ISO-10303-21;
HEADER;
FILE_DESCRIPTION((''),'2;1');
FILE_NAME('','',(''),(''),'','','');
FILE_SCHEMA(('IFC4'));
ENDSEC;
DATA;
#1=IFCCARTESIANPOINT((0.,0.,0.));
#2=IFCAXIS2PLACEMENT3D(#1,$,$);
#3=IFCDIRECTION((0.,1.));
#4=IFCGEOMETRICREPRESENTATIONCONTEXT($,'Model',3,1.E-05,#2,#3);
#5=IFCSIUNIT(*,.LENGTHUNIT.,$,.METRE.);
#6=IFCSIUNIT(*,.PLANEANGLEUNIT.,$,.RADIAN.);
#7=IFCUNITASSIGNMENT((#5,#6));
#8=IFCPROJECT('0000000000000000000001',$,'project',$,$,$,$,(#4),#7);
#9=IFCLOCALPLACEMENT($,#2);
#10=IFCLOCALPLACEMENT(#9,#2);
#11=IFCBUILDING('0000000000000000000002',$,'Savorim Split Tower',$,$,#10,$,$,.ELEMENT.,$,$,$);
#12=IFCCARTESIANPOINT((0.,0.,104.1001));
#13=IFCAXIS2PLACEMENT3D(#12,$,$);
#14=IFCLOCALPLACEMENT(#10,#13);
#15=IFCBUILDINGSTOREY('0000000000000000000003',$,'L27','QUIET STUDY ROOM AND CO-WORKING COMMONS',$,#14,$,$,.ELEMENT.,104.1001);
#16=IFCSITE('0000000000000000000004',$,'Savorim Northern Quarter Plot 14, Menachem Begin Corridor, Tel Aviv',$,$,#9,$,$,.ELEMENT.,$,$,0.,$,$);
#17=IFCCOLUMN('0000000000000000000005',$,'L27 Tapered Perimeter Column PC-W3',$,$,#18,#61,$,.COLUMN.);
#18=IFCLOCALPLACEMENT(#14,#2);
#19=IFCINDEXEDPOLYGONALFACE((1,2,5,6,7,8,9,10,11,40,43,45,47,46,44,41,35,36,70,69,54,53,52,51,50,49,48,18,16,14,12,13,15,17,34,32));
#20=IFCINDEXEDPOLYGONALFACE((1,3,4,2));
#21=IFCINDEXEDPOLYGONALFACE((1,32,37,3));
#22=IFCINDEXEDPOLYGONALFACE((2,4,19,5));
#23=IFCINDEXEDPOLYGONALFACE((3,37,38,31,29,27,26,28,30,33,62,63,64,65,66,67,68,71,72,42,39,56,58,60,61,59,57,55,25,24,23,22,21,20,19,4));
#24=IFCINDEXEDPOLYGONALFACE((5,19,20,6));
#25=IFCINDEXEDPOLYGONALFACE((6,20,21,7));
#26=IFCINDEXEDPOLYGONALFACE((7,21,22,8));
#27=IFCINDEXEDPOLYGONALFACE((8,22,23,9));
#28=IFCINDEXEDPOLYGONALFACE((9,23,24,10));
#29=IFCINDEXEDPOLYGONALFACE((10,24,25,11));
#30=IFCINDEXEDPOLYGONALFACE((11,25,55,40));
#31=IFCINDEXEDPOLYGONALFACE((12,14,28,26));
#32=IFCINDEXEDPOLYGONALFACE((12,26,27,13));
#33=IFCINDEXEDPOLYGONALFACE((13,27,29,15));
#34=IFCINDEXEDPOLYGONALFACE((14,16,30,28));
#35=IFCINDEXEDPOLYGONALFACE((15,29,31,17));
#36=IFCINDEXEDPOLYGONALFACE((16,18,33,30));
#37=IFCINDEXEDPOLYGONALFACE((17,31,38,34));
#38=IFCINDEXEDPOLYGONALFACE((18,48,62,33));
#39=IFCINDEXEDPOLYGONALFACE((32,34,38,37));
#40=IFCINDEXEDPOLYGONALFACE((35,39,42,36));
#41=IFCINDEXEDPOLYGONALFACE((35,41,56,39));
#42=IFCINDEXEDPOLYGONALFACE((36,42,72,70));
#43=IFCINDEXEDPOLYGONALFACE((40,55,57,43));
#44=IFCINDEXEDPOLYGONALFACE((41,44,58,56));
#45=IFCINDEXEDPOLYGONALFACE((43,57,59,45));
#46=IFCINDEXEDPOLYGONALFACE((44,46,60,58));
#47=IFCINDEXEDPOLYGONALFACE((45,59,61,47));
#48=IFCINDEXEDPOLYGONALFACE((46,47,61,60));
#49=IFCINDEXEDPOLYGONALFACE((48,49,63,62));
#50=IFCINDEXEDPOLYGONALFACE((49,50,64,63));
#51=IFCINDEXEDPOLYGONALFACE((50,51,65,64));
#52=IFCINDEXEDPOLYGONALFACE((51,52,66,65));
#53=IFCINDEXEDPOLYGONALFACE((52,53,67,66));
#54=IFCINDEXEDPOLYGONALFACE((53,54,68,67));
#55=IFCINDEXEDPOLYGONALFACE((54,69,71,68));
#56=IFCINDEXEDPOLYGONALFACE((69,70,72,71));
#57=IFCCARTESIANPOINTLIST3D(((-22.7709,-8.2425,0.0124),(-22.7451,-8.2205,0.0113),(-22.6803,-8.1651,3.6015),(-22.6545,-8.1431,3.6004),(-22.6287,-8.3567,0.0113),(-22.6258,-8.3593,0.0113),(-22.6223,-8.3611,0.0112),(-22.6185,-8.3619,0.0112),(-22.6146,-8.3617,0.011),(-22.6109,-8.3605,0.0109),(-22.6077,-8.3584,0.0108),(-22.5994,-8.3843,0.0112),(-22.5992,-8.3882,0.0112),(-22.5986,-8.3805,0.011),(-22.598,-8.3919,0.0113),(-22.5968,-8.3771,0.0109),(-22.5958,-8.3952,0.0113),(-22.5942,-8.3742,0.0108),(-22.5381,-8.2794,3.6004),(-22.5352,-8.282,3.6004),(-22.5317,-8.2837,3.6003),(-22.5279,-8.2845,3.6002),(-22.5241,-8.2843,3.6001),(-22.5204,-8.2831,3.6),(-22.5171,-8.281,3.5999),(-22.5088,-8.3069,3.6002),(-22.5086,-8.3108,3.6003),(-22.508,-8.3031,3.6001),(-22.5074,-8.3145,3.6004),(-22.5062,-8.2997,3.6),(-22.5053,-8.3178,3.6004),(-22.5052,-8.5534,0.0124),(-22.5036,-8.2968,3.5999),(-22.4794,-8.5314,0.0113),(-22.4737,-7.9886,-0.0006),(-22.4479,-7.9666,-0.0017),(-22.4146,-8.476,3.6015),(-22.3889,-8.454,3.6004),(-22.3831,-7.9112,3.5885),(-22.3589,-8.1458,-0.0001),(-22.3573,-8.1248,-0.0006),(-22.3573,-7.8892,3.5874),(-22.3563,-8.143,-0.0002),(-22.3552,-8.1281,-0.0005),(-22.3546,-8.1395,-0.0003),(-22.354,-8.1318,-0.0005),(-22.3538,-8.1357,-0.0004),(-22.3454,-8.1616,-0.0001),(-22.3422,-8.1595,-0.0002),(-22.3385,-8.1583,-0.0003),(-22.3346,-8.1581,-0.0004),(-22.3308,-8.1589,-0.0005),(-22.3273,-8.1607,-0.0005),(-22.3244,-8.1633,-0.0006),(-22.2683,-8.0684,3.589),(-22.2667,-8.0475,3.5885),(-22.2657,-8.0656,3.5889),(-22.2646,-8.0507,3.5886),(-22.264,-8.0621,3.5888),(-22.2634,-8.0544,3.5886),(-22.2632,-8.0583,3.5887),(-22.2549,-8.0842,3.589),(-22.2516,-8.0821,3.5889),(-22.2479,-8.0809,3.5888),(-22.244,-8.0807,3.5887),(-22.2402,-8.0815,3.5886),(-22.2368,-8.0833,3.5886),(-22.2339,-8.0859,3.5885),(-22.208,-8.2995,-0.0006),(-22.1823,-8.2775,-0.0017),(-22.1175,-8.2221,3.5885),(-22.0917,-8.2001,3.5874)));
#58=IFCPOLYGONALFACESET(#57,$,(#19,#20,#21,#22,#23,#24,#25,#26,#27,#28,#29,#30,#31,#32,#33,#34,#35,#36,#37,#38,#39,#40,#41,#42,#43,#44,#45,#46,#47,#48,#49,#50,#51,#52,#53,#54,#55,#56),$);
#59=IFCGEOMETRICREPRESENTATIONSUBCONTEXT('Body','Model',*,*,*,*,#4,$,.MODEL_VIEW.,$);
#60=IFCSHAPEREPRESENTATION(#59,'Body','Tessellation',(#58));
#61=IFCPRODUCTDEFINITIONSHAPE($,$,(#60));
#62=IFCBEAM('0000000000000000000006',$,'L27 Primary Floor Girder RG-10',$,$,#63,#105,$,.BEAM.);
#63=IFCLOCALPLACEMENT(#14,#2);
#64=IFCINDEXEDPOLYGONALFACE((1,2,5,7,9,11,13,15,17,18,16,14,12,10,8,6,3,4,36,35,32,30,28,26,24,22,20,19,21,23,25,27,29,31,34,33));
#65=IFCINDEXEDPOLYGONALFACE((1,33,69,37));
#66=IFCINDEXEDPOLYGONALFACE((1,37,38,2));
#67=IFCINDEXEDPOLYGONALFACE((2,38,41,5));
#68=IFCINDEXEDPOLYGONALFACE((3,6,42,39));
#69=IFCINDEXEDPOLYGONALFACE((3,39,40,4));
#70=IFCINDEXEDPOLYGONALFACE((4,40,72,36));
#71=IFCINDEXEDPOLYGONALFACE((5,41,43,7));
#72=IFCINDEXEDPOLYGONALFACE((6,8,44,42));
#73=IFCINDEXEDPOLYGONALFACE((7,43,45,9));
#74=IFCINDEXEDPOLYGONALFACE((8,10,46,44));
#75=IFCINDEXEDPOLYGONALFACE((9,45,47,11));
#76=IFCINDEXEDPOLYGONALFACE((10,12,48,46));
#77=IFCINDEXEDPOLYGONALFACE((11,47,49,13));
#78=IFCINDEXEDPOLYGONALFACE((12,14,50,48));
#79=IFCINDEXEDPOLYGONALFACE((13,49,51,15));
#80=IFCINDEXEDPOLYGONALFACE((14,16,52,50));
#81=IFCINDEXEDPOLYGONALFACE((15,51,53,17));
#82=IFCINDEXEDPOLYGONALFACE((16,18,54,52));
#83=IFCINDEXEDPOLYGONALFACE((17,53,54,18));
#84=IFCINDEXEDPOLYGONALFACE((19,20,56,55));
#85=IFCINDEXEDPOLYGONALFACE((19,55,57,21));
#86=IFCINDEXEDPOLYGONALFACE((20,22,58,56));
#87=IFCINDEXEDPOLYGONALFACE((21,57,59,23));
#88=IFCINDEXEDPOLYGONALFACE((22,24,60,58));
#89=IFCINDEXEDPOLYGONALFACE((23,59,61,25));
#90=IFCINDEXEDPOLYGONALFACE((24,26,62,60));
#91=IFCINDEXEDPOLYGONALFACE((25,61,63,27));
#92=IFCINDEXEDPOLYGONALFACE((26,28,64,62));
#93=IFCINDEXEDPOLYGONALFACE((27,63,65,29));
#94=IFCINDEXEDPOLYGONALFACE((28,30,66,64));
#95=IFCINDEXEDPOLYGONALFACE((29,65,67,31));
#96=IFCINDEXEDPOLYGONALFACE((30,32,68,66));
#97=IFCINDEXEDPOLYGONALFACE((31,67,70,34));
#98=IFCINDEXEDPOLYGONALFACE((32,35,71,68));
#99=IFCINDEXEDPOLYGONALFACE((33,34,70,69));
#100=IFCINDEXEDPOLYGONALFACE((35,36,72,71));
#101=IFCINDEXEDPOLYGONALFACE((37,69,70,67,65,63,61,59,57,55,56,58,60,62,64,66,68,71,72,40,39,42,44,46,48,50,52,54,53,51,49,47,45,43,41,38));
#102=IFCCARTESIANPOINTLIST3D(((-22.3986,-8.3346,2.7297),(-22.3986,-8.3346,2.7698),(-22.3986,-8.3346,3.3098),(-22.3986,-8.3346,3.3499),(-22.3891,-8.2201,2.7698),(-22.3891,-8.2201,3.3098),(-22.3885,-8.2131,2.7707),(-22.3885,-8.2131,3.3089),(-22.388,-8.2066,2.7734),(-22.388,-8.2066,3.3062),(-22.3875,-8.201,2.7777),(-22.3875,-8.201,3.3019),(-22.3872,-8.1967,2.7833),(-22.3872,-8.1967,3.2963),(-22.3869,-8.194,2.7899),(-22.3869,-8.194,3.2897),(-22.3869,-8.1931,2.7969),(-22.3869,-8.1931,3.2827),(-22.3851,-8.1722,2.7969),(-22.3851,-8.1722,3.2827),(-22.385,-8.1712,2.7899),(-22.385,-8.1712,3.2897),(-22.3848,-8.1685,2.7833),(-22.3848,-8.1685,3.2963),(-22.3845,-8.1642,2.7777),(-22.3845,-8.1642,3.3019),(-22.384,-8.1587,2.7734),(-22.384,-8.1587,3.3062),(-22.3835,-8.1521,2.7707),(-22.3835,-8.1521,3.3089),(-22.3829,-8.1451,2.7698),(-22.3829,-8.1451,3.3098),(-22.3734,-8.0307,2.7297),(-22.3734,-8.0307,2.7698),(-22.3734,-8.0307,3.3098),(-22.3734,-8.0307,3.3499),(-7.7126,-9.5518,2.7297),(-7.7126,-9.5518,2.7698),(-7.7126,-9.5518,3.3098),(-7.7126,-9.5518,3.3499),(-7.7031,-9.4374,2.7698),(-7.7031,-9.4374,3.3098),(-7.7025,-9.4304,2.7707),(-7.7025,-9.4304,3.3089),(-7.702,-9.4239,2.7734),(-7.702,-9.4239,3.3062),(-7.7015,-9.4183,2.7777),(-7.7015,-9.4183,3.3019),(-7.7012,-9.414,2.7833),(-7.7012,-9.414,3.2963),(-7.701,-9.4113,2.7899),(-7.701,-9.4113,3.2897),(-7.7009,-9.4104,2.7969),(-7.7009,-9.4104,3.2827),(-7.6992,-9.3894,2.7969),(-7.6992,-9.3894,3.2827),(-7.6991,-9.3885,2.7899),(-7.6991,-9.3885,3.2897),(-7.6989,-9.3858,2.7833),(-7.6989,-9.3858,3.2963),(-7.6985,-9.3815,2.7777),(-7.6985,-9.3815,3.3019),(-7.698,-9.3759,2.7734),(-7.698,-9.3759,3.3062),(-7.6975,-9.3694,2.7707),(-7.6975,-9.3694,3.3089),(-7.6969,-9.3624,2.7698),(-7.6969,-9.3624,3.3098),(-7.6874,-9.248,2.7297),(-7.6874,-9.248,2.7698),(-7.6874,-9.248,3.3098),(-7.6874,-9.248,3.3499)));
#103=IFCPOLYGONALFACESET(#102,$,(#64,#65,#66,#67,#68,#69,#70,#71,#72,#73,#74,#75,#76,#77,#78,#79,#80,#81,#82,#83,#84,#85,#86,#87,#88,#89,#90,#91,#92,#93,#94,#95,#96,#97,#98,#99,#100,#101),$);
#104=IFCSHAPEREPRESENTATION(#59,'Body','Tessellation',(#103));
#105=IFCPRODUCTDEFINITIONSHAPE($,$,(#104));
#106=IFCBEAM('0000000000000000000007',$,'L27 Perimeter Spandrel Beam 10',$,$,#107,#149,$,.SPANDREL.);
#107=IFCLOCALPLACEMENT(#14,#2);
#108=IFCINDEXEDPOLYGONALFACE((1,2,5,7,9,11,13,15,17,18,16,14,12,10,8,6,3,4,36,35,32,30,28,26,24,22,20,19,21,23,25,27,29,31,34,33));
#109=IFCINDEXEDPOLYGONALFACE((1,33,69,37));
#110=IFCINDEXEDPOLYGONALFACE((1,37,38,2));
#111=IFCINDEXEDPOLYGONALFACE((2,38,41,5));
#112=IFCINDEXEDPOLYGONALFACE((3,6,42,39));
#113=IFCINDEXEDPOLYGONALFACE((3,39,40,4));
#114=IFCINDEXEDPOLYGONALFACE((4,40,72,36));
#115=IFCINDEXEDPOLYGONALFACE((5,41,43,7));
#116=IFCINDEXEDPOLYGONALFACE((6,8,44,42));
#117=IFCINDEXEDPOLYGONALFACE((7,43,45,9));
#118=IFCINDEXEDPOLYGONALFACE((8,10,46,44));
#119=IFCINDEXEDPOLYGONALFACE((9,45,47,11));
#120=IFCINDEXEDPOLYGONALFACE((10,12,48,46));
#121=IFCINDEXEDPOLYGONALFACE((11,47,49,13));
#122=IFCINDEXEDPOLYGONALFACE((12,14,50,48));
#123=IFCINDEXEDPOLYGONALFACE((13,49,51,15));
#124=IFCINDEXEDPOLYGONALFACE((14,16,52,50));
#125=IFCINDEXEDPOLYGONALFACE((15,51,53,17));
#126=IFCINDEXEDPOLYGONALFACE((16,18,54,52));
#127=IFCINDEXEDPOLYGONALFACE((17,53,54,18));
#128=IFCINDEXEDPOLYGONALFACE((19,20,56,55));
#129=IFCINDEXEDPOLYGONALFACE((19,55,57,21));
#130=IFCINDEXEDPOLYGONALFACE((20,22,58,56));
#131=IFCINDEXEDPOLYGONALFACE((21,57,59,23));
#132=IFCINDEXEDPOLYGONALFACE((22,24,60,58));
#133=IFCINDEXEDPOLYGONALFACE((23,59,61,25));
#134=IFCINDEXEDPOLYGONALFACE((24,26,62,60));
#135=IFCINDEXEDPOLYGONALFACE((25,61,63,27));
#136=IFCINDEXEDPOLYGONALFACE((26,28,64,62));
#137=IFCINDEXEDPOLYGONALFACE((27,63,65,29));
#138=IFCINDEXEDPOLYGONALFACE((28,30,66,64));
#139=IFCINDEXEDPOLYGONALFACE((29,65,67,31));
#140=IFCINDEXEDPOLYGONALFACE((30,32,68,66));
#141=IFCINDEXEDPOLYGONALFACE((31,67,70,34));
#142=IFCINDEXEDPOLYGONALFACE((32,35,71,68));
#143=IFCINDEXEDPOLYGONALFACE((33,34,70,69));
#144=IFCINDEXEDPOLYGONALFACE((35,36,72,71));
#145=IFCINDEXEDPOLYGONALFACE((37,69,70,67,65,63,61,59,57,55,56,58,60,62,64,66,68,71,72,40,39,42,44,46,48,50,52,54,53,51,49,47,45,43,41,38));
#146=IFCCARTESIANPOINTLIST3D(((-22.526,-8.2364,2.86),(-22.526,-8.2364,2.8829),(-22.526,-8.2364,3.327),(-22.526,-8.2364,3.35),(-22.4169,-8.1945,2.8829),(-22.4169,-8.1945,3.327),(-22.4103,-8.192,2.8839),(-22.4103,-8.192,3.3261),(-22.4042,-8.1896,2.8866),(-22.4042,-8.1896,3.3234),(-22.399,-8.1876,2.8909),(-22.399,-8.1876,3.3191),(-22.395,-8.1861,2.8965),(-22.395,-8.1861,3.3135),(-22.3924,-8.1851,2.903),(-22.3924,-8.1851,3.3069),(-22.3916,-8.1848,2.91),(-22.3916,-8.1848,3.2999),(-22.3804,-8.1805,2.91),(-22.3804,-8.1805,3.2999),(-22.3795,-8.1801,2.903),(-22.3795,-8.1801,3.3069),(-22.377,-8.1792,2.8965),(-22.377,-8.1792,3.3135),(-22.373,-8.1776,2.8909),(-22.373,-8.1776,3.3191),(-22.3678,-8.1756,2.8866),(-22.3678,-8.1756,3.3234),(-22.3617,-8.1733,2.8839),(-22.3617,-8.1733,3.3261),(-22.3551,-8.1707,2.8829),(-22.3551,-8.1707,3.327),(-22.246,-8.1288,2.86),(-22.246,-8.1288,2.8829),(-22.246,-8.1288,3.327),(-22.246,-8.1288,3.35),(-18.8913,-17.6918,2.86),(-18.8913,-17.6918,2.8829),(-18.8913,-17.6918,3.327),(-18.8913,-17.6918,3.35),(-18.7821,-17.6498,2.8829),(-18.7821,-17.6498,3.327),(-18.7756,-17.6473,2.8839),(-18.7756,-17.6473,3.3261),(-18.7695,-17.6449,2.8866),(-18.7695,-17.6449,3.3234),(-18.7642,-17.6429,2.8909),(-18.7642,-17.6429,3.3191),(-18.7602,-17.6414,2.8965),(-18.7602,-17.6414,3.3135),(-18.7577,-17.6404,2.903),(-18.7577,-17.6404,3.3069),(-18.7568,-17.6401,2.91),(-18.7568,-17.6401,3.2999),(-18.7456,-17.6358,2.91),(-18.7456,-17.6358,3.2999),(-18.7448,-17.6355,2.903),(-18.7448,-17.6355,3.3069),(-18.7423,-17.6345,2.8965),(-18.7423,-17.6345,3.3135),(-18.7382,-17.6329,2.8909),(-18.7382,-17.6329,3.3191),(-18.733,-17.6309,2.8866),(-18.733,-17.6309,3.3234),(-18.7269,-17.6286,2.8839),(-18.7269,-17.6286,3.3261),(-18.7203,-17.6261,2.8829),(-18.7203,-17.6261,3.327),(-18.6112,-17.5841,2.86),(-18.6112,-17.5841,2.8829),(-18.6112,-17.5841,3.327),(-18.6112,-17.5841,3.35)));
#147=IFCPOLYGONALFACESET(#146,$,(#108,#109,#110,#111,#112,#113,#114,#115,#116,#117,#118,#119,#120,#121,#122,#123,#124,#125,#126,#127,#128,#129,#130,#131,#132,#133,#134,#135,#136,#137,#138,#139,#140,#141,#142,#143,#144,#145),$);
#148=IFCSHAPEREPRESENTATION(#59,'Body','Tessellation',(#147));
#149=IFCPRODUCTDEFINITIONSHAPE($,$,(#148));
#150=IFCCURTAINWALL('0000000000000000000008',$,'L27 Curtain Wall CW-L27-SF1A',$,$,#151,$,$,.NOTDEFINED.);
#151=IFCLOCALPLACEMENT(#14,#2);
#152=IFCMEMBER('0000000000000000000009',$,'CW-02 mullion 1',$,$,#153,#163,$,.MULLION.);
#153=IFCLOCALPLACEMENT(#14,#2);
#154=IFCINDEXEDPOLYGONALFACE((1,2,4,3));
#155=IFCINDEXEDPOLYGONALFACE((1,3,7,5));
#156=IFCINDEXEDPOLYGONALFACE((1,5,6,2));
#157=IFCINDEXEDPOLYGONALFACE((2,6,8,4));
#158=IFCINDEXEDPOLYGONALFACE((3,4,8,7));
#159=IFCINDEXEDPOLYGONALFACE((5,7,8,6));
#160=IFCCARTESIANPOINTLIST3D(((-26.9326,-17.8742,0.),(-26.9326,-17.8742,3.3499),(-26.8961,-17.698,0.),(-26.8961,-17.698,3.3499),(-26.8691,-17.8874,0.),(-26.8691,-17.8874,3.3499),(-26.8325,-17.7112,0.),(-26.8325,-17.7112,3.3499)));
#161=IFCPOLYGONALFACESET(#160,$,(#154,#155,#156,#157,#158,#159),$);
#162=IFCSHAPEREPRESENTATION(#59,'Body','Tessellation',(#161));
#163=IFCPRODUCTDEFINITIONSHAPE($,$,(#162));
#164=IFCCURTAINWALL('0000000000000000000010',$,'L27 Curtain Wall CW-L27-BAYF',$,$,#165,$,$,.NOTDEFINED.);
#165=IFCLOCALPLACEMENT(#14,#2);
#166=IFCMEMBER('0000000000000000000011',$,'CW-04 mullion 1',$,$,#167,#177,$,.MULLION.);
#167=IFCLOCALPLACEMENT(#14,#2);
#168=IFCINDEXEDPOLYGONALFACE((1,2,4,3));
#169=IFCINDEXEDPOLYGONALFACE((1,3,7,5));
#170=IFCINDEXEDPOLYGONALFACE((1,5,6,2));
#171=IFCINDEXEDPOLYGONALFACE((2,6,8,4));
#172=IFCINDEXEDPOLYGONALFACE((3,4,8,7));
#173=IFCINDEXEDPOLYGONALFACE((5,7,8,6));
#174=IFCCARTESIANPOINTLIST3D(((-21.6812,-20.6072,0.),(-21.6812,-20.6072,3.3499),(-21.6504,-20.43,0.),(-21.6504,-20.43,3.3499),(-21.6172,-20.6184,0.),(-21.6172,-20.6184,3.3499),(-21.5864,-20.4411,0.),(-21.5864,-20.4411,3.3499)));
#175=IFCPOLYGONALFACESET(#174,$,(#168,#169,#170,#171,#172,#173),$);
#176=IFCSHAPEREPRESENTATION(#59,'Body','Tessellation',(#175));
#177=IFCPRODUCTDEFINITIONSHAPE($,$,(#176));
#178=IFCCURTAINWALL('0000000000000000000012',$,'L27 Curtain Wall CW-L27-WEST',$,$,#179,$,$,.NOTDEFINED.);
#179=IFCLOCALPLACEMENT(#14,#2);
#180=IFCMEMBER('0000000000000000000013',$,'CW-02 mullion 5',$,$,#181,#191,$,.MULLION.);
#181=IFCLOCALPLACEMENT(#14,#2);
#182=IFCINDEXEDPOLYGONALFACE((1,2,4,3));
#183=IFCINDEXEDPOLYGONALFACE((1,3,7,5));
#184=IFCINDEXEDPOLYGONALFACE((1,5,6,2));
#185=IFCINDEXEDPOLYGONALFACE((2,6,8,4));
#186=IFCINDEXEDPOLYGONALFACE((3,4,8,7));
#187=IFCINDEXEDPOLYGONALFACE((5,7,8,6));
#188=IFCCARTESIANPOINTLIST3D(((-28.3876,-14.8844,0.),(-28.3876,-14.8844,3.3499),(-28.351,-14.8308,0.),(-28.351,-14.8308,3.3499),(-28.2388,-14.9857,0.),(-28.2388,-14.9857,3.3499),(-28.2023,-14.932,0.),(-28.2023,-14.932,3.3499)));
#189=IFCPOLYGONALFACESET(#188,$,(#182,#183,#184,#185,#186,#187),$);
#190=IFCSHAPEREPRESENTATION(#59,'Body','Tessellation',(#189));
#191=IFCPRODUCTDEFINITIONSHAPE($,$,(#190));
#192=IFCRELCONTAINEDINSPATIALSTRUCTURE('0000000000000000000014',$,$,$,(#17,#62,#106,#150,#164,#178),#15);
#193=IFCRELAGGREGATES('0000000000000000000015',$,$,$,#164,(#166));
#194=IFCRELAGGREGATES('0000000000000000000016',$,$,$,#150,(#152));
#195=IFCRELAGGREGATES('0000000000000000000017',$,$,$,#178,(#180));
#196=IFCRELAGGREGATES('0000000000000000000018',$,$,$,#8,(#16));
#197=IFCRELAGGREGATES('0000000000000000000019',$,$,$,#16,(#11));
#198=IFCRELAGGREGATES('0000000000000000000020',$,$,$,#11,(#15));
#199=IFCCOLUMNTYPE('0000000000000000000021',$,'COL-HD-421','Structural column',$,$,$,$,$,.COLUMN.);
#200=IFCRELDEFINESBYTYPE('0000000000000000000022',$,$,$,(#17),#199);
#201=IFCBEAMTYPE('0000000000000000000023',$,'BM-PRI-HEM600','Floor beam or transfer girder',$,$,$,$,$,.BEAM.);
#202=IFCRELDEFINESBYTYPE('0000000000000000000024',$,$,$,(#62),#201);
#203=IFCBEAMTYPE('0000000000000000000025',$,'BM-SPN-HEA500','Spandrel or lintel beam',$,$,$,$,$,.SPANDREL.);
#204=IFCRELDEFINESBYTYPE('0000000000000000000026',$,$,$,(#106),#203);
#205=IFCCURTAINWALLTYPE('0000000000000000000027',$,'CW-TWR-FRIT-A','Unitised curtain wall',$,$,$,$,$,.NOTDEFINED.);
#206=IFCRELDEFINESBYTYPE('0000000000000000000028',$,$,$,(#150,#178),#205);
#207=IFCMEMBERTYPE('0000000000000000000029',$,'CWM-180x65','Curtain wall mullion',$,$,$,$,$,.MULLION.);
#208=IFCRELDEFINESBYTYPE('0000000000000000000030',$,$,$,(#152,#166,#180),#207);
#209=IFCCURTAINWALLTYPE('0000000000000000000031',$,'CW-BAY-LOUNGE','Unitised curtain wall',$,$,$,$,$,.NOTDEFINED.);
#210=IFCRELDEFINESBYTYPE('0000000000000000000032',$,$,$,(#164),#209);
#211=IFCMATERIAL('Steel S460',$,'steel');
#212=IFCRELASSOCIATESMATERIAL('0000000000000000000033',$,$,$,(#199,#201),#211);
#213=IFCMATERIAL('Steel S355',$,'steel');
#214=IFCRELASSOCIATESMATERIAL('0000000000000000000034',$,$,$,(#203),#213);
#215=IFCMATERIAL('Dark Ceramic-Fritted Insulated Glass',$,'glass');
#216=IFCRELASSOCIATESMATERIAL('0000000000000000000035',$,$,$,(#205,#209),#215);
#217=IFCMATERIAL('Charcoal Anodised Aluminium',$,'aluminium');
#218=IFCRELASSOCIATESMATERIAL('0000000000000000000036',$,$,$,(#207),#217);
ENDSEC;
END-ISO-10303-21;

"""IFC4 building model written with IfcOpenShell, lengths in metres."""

from ifc_helpers import new_model, si_unit, direction, frame, origin, origin_2d, place, context, subcontext, project, spatial, rectangle, i_section, extrude, material, material_profile, profile_set, type_object, element, aggregate, save


model = new_model("IFC4")

# Units and contexts
model_context = context("Model", 3, precision=1e-05, world=origin(), true_north=direction((0.0, 1.0)))
body_context = subcontext(model_context, "Body", "Model", "MODEL_VIEW")
ifc_project = project(units=[si_unit("LENGTHUNIT", "METRE"), si_unit("PLANEANGLEUNIT", "RADIAN")], contexts=[model_context])

# Site, building, storey
site_placement = place(None, origin())
site = spatial("IfcSite", under=ifc_project, at=site_placement, Name="Savorim Northern Quarter Plot 14, Menachem Begin Corridor, Tel Aviv", CompositionType="ELEMENT", RefElevation=0.0)
building_placement = place(site_placement, origin())
building = spatial("IfcBuilding", under=site, at=building_placement, Name="Savorim Split Tower", CompositionType="ELEMENT")
storey_placement = place(building_placement, frame((0.0, 0.0, 104.1001)))
storey = spatial("IfcBuildingStorey", under=building, at=storey_placement, Name="L27", Description="QUIET STUDY ROOM AND CO-WORKING COMMONS", CompositionType="ELEMENT", Elevation=104.1001)

# Column
ifc_material_1 = material(Name="Steel S460", Category="steel")
ifc_material_profile_1 = material_profile(ifc_material_1, i_section(OverallWidth=0.4089, OverallDepth=0.425, WebThickness=0.0208, FlangeThickness=0.0339, FilletRadius=0.0149, at=origin_2d()), Name="HD 400x421")
ifc_profile_set_1 = profile_set([ifc_material_profile_1], Name="Steel S460")
column_type = type_object("IfcColumnType", Name="COL-HD-421", Description="Structural column", PredefinedType="COLUMN", material=ifc_profile_set_1)
column_placement = place(storey_placement, frame((-22.4766, -8.26, 0.0054), z_axis=(0.025222, 0.021551, 0.99945), x_axis=(-0.649609, 0.760268, 0.0)))
element("IfcColumn", 1, at=column_placement, inside=storey, type_object=column_type, Name="L27 Tapered Perimeter Column PC-W3", PredefinedType="COLUMN", context=body_context, shape_type="SweptSolid", body=[
    extrude(i_section(OverallWidth=0.4089, OverallDepth=0.425, WebThickness=0.0208, FlangeThickness=0.0339, FilletRadius=0.0149, at=origin_2d()), origin(), (0.0, 0.0, 1.0), 3.5911),
])

# Beams
ifc_material_profile_2 = material_profile(ifc_material_1, i_section(OverallWidth=0.3049, OverallDepth=0.6201, WebThickness=0.021, FlangeThickness=0.04, FilletRadius=0.0271, at=origin_2d()), Name="HE 600 M")
ifc_profile_set_2 = profile_set([ifc_material_profile_2], Name="Steel S460")
beam_type_1 = type_object("IfcBeamType", Name="BM-PRI-HEM600", Description="Floor beam or transfer girder", PredefinedType="BEAM", material=ifc_profile_set_2)
beam_1_placement = place(storey_placement, frame((-22.386, -8.1826, 3.0398), z_axis=(0.996582, -0.082604, 0.0), x_axis=(0.082604, 0.996582, 0.0)))
element("IfcBeam", 2, at=beam_1_placement, inside=storey, type_object=beam_type_1, Name="L27 Primary Floor Girder RG-10", PredefinedType="BEAM", context=body_context, shape_type="SweptSolid", body=[
    extrude(i_section(OverallWidth=0.3049, OverallDepth=0.6201, WebThickness=0.021, FlangeThickness=0.04, FilletRadius=0.0271, at=origin_2d()), origin(), (0.0, 0.0, 1.0), 14.7363),
])
ifc_material_2 = material(Name="Steel S355", Category="steel")
ifc_material_profile_3 = material_profile(ifc_material_2, i_section(OverallWidth=0.3, OverallDepth=0.49, WebThickness=0.012, FlangeThickness=0.0229, FilletRadius=0.0271, at=origin_2d()), Name="HEA 500")
ifc_profile_set_3 = profile_set([ifc_material_profile_3], Name="Steel S355")
beam_type_2 = type_object("IfcBeamType", Name="BM-SPN-HEA500", Description="Spandrel or lintel beam", PredefinedType="SPANDREL", material=ifc_profile_set_3)
beam_2_placement = place(storey_placement, frame((-22.386, -8.1826, 3.105), z_axis=(0.358816, -0.933408, 0.0), x_axis=(0.933408, 0.358816, 0.0)))
element("IfcBeam", 3, at=beam_2_placement, inside=storey, type_object=beam_type_2, Name="L27 Perimeter Spandrel Beam 10", PredefinedType="SPANDREL", context=body_context, shape_type="SweptSolid", body=[
    extrude(i_section(OverallWidth=0.3, OverallDepth=0.49, WebThickness=0.012, FlangeThickness=0.0229, FilletRadius=0.0271, at=origin_2d()), origin(), (0.0, 0.0, 1.0), 10.1299),
])

# Curtain walls, members
ifc_material_3 = material(Name="Dark Ceramic-Fritted Insulated Glass", Category="glass")
curtain_wall_type_1 = type_object("IfcCurtainWallType", Name="CW-TWR-FRIT-A", Description="Unitised curtain wall", PredefinedType="NOTDEFINED", material=ifc_material_3)
curtain_wall_1_placement = place(storey_placement, origin())
curtain_wall_1 = element("IfcCurtainWall", 4, at=curtain_wall_1_placement, inside=storey, type_object=curtain_wall_type_1, Name="L27 Curtain Wall CW-L27-SF1A", PredefinedType="NOTDEFINED")
ifc_material_4 = material(Name="Charcoal Anodised Aluminium", Category="aluminium")
ifc_material_profile_4 = material_profile(ifc_material_4, rectangle(XDim=0.1799, YDim=0.0649, at=origin_2d()), Name="ALU-M 180x65")
ifc_profile_set_4 = profile_set([ifc_material_profile_4], Name="Charcoal Anodised Aluminium")
member_type_1 = type_object("IfcMemberType", Name="CWM-180x65", Description="Curtain wall mullion", PredefinedType="MULLION", material=ifc_profile_set_4)
member_1_placement = place(storey_placement, frame((-26.8826, -17.7927, 0.0), z_axis=(0.0, 0.0, 1.0), x_axis=(0.203218, 0.979133, 0.0)))
member_1 = element("IfcMember", 5, at=member_1_placement, type_object=member_type_1, Name="CW-02 mullion 1", PredefinedType="MULLION", context=body_context, shape_type="SweptSolid", body=[
    extrude(rectangle(XDim=0.1799, YDim=0.0649, at=origin_2d()), origin(), (0.0, 0.0, 1.0), 3.3499),
])
curtain_wall_type_2 = type_object("IfcCurtainWallType", Name="CW-BAY-LOUNGE", Description="Unitised curtain wall", PredefinedType="NOTDEFINED", material=ifc_material_3)
curtain_wall_2_placement = place(storey_placement, origin())
curtain_wall_2 = element("IfcCurtainWall", 6, at=curtain_wall_2_placement, inside=storey, type_object=curtain_wall_type_2, Name="L27 Curtain Wall CW-L27-BAYF", PredefinedType="NOTDEFINED")
member_2_placement = place(storey_placement, frame((-21.6338, -20.5242, 0.0), z_axis=(0.0, 0.0, 1.0), x_axis=(0.171191, 0.985238, 0.0)))
member_2 = element("IfcMember", 7, at=member_2_placement, type_object=member_type_1, Name="CW-04 mullion 1", PredefinedType="MULLION", context=body_context, shape_type="SweptSolid", body=[
    extrude(rectangle(XDim=0.1799, YDim=0.0649, at=origin_2d()), origin(), (0.0, 0.0, 1.0), 3.3499),
])
aggregate(curtain_wall_2, [member_2])
curtain_wall_3_placement = place(storey_placement, origin())
curtain_wall_3 = element("IfcCurtainWall", 8, at=curtain_wall_3_placement, inside=storey, type_object=curtain_wall_type_1, Name="L27 Curtain Wall CW-L27-WEST", PredefinedType="NOTDEFINED")
member_3_placement = place(storey_placement, frame((-28.2949, -14.9082, 0.0), z_axis=(0.0, 0.0, 1.0), x_axis=(0.826819, -0.562468, 0.0)))
member_3 = element("IfcMember", 9, at=member_3_placement, type_object=member_type_1, Name="CW-02 mullion 5", PredefinedType="MULLION", context=body_context, shape_type="SweptSolid", body=[
    extrude(rectangle(XDim=0.1799, YDim=0.0649, at=origin_2d()), origin(), (0.0, 0.0, 1.0), 3.3499),
])

aggregate(curtain_wall_1, [member_1])
aggregate(curtain_wall_3, [member_3])

save(model, "model.ifc")
